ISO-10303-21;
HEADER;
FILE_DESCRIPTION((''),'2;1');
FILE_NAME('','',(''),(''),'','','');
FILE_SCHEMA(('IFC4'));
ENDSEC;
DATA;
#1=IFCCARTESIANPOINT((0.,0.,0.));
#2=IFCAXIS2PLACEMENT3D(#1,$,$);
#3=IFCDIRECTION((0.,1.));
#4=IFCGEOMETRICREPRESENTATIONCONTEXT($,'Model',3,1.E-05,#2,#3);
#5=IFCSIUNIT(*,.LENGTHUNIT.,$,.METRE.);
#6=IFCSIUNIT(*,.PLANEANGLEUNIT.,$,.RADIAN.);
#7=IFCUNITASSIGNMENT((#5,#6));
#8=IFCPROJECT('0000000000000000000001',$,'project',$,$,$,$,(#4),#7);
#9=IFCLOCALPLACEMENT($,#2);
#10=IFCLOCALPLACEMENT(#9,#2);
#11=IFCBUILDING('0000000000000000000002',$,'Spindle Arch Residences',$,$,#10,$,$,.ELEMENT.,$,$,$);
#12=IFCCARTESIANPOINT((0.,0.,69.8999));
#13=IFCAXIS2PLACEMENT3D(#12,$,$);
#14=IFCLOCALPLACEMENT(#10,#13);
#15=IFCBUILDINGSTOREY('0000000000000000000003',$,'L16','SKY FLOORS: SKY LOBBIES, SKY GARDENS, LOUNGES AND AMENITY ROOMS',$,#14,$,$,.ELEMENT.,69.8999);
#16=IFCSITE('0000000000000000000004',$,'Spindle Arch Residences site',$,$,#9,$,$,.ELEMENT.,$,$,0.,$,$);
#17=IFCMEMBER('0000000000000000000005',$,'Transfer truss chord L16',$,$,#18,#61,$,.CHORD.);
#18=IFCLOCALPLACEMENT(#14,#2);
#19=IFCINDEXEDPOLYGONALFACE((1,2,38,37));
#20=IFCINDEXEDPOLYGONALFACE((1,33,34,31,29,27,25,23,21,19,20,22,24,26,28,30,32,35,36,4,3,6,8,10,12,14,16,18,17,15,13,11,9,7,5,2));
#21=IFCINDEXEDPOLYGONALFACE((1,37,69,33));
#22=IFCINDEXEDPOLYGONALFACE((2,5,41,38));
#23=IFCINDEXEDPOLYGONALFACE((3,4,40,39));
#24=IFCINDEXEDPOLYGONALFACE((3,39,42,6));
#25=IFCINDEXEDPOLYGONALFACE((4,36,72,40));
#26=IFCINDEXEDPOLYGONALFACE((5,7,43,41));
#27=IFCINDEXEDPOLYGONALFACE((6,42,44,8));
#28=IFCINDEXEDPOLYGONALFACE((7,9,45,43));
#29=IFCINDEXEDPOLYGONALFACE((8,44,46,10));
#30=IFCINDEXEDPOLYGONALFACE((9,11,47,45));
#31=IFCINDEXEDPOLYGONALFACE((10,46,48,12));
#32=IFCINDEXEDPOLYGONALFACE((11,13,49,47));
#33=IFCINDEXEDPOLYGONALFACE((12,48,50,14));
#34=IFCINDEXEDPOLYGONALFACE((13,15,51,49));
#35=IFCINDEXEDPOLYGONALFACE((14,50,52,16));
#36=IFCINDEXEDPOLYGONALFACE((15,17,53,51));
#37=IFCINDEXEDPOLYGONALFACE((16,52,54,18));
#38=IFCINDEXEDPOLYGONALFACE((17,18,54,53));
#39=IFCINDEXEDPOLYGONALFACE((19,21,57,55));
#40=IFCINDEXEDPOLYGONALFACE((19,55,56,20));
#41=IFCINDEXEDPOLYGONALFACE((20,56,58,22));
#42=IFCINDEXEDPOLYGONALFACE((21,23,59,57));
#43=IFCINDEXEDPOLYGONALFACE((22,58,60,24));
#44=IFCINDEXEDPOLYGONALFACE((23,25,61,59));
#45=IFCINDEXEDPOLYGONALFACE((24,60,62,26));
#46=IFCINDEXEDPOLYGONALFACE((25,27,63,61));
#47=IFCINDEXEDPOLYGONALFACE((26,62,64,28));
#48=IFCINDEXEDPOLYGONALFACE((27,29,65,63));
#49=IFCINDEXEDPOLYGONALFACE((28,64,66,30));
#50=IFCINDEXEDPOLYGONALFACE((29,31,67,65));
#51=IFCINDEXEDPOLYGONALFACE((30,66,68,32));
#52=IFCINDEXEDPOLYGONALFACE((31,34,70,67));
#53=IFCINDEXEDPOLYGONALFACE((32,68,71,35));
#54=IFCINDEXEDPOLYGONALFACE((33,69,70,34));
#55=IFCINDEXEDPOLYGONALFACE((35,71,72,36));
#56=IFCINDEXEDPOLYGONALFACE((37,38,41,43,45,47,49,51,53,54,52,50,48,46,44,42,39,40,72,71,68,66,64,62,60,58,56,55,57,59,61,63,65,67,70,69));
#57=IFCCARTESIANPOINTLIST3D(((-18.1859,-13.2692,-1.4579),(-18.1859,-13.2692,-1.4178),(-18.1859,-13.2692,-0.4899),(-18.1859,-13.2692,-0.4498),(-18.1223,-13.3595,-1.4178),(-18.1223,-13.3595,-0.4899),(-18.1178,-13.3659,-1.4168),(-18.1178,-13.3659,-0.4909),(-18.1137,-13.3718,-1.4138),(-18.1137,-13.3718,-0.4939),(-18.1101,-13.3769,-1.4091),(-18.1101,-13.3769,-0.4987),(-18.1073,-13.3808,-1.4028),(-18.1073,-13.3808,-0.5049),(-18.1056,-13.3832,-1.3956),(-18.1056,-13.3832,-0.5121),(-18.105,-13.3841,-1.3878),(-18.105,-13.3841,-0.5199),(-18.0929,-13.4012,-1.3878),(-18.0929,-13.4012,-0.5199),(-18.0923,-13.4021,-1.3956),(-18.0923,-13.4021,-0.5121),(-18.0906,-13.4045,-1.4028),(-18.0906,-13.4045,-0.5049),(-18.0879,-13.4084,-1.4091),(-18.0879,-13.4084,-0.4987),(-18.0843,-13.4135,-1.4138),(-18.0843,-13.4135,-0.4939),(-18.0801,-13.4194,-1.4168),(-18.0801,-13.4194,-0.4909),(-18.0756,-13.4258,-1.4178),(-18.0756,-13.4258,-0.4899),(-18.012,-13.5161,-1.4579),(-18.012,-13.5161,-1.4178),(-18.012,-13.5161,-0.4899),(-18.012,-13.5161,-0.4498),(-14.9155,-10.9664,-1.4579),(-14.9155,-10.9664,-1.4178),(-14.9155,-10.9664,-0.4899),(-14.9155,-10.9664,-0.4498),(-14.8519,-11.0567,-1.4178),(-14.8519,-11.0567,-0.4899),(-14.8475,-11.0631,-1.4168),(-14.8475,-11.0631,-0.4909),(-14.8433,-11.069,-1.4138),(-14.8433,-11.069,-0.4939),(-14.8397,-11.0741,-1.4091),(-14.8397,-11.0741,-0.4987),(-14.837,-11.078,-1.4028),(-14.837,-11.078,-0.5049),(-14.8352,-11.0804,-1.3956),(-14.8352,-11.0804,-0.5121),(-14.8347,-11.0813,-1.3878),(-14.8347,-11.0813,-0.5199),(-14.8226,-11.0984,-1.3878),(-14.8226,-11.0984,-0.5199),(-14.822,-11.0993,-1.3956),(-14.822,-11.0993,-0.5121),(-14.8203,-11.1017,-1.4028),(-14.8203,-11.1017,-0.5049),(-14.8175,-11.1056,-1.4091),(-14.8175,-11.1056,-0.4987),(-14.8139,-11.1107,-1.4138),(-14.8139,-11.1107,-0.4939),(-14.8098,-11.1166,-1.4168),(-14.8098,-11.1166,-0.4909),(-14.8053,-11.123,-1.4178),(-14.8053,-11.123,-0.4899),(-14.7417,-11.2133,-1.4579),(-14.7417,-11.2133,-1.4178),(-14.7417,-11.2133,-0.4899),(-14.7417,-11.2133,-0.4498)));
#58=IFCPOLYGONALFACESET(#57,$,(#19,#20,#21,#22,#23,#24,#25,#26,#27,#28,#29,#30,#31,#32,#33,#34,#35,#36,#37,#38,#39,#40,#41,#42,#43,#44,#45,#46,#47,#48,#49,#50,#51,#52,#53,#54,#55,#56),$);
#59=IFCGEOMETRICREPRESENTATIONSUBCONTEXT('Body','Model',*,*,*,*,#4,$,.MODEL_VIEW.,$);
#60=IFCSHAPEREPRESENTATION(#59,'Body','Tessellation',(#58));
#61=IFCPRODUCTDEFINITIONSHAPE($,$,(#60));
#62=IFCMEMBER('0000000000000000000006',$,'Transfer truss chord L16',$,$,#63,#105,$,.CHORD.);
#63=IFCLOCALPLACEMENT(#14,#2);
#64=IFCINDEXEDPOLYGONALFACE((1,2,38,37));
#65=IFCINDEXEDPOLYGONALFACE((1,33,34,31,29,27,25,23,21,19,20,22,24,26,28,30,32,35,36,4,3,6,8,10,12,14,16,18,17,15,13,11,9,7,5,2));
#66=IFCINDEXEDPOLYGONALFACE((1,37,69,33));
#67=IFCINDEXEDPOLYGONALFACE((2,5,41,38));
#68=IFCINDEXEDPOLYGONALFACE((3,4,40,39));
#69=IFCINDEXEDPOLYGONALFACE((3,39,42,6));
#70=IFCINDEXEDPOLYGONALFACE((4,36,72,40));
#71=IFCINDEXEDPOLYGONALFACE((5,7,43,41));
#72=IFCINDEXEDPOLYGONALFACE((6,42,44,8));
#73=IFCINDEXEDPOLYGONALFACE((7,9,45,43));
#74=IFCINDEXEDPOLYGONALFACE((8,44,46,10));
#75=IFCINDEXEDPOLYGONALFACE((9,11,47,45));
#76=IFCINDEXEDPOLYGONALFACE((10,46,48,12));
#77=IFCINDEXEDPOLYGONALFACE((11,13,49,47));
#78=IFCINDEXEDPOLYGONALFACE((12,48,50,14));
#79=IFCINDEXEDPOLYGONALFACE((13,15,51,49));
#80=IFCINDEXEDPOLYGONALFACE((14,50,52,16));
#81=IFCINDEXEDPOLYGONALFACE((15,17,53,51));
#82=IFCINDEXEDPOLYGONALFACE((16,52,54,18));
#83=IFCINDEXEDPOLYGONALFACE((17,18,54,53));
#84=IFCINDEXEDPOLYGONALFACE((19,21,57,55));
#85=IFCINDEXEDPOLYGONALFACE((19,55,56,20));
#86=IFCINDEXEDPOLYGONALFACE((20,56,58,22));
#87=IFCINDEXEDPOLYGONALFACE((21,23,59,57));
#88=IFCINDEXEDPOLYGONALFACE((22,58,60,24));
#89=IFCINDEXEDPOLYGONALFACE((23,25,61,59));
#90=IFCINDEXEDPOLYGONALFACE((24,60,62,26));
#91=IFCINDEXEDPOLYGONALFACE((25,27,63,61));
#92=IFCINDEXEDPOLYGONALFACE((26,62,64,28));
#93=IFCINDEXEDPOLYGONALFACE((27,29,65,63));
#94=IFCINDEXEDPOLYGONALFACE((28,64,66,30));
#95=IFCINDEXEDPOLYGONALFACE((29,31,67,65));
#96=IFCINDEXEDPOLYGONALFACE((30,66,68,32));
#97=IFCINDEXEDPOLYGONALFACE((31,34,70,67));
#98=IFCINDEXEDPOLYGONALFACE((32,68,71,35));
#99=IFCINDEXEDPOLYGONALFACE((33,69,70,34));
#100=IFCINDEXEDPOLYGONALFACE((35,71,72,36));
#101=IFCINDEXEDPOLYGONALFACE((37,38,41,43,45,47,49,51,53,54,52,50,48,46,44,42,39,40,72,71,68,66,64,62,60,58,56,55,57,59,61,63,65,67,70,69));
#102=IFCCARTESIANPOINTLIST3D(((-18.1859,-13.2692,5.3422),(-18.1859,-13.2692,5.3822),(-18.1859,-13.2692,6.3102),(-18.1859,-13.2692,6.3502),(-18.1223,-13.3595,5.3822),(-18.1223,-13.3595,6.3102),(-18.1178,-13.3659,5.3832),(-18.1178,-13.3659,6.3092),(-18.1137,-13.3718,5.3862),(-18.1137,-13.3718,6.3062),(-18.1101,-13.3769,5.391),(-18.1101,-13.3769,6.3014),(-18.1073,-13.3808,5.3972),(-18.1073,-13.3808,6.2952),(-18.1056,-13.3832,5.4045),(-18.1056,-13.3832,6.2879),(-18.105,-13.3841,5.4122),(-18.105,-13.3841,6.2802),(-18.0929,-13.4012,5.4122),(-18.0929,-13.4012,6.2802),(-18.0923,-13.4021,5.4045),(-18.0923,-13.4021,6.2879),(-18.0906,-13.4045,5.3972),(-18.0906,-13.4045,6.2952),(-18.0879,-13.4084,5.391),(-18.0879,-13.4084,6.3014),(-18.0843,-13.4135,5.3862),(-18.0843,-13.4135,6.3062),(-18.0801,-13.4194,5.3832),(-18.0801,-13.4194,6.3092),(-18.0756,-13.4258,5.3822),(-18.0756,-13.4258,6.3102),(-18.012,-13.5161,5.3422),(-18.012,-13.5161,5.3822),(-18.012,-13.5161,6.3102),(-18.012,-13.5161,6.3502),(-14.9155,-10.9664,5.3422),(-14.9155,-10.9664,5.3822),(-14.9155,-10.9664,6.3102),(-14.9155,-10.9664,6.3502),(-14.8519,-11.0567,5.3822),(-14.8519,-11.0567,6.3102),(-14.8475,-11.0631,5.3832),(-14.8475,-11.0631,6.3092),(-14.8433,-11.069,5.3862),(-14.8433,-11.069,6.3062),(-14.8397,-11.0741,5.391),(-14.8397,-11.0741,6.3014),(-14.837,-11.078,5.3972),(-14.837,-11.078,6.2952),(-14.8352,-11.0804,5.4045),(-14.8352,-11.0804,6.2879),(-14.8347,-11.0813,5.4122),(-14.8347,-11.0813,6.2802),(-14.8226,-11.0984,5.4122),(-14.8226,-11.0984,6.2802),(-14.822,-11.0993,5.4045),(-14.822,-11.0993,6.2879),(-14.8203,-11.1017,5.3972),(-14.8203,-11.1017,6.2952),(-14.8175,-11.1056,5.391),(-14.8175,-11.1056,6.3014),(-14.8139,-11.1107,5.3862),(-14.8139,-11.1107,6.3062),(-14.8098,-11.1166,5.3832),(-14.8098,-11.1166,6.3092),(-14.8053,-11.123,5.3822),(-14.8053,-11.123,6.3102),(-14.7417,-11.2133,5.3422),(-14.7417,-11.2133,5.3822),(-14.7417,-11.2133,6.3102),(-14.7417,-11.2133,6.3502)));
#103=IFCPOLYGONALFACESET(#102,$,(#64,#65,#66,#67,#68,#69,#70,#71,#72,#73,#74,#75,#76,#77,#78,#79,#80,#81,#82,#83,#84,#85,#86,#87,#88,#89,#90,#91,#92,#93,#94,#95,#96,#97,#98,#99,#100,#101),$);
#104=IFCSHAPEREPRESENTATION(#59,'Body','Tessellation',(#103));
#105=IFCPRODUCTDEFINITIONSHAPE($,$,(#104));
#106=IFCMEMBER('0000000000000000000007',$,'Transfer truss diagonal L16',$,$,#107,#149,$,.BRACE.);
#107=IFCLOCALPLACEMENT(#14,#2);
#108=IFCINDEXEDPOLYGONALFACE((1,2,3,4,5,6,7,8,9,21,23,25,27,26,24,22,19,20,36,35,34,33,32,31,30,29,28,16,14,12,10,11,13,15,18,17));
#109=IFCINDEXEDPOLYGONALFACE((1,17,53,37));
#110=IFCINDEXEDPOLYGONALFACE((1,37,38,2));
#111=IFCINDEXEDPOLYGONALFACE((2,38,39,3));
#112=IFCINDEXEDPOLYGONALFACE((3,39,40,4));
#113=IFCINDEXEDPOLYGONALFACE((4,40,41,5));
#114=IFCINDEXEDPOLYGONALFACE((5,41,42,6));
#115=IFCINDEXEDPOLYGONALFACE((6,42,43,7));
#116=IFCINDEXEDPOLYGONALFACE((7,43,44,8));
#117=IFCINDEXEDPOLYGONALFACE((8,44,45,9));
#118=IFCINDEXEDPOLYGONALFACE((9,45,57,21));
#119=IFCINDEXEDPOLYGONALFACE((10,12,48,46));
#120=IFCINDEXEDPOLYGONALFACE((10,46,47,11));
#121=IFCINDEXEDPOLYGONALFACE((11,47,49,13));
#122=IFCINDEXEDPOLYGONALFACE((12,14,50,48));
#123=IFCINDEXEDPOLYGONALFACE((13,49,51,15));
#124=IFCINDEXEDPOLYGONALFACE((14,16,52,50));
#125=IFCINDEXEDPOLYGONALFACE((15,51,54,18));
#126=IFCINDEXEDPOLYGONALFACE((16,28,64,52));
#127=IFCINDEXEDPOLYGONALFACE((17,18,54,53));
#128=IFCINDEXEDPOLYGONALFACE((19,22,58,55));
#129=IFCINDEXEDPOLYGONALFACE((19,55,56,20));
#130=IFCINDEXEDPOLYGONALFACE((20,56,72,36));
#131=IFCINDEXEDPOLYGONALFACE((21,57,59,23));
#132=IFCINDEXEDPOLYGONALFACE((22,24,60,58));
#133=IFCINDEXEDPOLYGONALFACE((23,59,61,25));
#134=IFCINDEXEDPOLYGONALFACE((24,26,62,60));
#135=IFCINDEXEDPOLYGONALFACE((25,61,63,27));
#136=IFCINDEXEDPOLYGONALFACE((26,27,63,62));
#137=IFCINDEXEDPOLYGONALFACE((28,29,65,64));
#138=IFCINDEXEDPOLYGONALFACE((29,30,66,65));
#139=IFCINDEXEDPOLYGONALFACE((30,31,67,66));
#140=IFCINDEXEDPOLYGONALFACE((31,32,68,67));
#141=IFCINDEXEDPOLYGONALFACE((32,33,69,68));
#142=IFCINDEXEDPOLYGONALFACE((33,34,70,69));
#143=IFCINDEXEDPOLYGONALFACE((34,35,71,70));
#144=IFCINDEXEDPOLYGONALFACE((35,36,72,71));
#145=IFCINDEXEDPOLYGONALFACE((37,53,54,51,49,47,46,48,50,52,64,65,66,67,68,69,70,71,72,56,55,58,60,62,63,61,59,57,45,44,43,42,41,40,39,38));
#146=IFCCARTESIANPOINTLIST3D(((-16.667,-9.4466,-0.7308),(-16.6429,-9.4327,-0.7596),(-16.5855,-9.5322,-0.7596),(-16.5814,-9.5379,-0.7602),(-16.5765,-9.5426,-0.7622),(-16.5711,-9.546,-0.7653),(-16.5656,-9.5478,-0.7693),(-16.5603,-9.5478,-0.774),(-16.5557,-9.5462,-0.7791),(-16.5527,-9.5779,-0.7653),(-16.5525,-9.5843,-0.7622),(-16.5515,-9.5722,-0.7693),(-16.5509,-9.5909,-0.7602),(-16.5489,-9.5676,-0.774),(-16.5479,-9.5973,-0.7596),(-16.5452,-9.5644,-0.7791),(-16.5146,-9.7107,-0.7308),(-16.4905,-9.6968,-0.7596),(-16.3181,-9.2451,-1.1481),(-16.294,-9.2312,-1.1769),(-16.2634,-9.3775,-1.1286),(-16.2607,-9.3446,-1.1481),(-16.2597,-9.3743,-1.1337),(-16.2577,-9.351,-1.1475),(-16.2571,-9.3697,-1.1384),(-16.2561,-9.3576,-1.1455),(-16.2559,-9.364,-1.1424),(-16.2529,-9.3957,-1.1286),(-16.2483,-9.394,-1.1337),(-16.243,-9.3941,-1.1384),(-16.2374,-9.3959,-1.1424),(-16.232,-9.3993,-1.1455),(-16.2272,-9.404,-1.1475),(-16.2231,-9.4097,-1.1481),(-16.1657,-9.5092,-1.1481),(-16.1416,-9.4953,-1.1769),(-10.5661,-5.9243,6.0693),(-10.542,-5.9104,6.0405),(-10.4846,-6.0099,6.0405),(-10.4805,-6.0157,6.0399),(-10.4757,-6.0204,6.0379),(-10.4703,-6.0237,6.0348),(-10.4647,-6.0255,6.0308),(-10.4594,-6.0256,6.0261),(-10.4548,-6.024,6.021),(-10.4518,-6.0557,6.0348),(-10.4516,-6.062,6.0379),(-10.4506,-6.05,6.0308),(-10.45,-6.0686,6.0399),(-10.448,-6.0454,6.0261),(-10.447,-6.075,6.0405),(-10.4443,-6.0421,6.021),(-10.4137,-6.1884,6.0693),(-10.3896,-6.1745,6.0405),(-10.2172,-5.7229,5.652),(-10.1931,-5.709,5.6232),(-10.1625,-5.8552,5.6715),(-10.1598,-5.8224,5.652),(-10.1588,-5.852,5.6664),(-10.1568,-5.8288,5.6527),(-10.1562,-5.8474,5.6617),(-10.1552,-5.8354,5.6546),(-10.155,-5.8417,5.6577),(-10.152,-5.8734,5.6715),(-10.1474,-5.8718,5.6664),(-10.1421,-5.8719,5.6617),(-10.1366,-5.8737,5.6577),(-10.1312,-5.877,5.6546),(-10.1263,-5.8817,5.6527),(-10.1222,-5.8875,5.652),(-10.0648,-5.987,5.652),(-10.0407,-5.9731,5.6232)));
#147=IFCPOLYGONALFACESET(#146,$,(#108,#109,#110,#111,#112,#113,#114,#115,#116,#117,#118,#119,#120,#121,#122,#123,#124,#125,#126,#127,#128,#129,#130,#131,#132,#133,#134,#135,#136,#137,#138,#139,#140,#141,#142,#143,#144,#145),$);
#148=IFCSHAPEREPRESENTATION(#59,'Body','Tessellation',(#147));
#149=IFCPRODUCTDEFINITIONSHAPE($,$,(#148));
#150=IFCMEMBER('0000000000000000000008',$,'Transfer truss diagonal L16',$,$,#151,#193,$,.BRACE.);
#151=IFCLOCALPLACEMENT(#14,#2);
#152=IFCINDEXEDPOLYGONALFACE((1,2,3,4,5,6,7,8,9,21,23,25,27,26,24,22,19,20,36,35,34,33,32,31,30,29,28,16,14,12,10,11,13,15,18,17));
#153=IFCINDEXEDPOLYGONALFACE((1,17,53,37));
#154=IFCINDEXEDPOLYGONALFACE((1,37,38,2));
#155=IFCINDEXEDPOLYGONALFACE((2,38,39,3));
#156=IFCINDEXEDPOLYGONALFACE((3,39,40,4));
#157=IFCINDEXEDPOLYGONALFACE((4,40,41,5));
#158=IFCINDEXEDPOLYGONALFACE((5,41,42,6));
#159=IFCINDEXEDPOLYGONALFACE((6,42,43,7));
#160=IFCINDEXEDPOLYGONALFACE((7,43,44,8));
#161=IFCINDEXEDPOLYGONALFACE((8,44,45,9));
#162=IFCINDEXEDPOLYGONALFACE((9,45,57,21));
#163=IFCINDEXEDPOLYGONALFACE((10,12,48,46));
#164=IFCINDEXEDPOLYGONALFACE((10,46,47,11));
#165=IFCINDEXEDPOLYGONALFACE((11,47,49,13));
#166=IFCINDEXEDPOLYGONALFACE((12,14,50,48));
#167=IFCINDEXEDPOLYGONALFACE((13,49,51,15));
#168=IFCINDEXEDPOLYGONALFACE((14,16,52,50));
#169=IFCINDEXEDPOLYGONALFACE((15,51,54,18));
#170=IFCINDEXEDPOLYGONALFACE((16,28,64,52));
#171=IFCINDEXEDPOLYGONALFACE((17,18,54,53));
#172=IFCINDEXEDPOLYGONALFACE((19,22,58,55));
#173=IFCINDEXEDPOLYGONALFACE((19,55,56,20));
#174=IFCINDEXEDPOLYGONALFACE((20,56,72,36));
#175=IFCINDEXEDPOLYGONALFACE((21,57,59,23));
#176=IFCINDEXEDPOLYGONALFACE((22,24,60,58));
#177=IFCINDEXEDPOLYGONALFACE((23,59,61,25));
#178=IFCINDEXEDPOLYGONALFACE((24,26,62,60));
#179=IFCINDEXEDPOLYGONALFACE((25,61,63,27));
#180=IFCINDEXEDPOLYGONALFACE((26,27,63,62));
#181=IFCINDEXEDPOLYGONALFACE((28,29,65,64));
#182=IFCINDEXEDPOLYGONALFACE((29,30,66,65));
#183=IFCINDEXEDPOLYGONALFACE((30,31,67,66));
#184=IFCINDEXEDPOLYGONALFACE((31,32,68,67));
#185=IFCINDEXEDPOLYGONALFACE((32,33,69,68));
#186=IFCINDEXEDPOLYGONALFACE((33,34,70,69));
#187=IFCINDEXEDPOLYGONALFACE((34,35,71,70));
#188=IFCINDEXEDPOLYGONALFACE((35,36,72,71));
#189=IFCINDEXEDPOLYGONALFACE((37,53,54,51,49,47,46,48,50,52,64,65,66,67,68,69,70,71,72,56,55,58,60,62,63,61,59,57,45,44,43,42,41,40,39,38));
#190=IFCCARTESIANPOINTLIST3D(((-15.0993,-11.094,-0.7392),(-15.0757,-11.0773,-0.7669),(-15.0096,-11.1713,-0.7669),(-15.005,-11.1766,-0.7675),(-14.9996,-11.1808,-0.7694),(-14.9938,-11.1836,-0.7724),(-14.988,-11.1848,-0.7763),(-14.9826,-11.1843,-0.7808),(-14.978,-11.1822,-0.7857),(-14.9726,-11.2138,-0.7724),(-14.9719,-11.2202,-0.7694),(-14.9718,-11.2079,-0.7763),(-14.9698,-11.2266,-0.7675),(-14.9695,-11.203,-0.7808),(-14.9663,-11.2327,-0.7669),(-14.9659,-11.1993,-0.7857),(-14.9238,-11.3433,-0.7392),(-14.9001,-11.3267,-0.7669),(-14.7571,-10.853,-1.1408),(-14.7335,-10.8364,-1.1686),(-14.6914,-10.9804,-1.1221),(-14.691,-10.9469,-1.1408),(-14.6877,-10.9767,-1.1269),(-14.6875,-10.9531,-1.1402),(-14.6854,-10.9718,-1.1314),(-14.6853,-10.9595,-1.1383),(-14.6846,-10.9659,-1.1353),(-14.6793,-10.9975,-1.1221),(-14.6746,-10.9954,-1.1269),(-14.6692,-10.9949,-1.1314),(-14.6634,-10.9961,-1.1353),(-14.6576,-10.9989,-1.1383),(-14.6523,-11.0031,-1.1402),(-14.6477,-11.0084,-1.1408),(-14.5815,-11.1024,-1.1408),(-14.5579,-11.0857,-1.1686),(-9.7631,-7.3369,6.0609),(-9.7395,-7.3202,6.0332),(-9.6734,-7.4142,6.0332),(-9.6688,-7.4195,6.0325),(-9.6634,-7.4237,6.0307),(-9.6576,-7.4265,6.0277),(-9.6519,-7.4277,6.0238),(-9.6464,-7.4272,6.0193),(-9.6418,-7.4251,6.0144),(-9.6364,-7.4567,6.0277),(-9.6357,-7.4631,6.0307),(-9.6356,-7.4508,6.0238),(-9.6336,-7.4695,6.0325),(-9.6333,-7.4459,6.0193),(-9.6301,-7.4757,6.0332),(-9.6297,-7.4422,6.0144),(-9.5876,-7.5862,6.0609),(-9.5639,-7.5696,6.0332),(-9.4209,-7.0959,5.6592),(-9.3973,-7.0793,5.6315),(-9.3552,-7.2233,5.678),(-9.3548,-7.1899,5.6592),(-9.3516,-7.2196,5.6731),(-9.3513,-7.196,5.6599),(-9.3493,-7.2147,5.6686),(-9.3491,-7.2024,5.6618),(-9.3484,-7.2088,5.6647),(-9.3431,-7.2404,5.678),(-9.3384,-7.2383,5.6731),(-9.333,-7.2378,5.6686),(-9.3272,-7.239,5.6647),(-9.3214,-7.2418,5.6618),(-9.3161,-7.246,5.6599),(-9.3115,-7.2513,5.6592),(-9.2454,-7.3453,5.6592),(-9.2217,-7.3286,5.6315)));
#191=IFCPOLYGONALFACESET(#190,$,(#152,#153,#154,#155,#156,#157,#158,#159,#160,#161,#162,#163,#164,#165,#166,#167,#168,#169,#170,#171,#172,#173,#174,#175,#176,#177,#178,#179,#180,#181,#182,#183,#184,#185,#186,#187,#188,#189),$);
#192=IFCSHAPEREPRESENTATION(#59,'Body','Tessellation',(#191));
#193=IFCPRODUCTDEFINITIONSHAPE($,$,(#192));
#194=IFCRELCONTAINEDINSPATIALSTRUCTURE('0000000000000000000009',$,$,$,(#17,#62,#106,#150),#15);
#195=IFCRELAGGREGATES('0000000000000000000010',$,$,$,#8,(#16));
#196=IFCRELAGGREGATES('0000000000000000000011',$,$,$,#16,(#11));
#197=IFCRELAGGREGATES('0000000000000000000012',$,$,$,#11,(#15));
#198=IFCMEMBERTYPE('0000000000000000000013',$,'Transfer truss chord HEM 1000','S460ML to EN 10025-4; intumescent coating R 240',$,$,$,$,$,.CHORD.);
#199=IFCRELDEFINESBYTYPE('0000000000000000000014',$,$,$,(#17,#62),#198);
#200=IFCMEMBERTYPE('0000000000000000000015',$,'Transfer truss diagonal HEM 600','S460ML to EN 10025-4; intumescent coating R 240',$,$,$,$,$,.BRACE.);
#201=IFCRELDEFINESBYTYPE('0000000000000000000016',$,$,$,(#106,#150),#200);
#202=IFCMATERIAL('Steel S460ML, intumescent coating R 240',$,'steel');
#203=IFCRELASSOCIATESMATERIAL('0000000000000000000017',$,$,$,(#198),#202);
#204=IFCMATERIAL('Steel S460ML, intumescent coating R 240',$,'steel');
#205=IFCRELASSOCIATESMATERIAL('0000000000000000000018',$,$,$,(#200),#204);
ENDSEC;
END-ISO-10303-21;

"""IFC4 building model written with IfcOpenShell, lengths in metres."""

from ifc_helpers import new_model, si_unit, direction, frame, origin, origin_2d, place, context, subcontext, project, spatial, i_section, extrude, material, material_profile, profile_set, type_object, element, save


model = new_model("IFC4")

# Units and contexts
model_context = context("Model", 3, precision=1e-05, world=origin(), true_north=direction((0.0, 1.0)))
body_context = subcontext(model_context, "Body", "Model", "MODEL_VIEW")
ifc_project = project(units=[si_unit("LENGTHUNIT", "METRE"), si_unit("PLANEANGLEUNIT", "RADIAN")], contexts=[model_context])

# Site, building, storey
site_placement = place(None, origin())
site = spatial("IfcSite", under=ifc_project, at=site_placement, Name="Spindle Arch Residences site", CompositionType="ELEMENT", RefElevation=0.0)
building_placement = place(site_placement, origin())
building = spatial("IfcBuilding", under=site, at=building_placement, Name="Spindle Arch Residences", CompositionType="ELEMENT")
storey_placement = place(building_placement, frame((0.0, 0.0, 69.8999)))
storey = spatial("IfcBuildingStorey", under=building, at=storey_placement, Name="L16", Description="SKY FLOORS: SKY LOBBIES, SKY GARDENS, LOUNGES AND AMENITY ROOMS", CompositionType="ELEMENT", Elevation=69.8999)

# Members
ifc_material_1 = material(Name="Steel S460ML, intumescent coating R 240", Category="steel")
ifc_material_profile_1 = material_profile(ifc_material_1, i_section(OverallWidth=0.302, OverallDepth=1.0081, WebThickness=0.021, FlangeThickness=0.04, FilletRadius=0.03, at=origin_2d()), Name="HEM 1000")
ifc_profile_set_1 = profile_set([ifc_material_profile_1], Name="Steel S460ML, intumescent coating R 240")
member_type_1 = type_object("IfcMemberType", Name="Transfer truss chord HEM 1000", Description="S460ML to EN 10025-4; intumescent coating R 240", PredefinedType="CHORD", material=ifc_profile_set_1)
for number, where, z_axis, x_axis, name in (
    (1, (-14.8286, -11.0898, -0.9539), (-0.817637, -0.575734, 0.0), (0.575734, -0.817637, 0.0), "Transfer truss chord L16"),
    (2, (-14.8286, -11.0898, 5.8462), (-0.817637, -0.575734, 0.0), (0.575734, -0.817637, 0.0), "Transfer truss chord L16"),
):
    element("IfcMember", number, at=place(storey_placement, frame(where, z_axis=z_axis, x_axis=x_axis)), inside=storey, type_object=member_type_1, Name=name, PredefinedType="CHORD", context=body_context, shape_type="SweptSolid", body=[
        extrude(i_section(OverallWidth=0.302, OverallDepth=1.0081, WebThickness=0.021, FlangeThickness=0.04, FilletRadius=0.03, at=origin_2d()), origin(), (0.0, 0.0, 1.0), 3.9998),
    ])
ifc_material_2 = material(Name="Steel S460ML, intumescent coating R 240", Category="steel")
ifc_material_profile_2 = material_profile(ifc_material_2, i_section(OverallWidth=0.3049, OverallDepth=0.6201, WebThickness=0.021, FlangeThickness=0.04, FilletRadius=0.0271, at=origin_2d()), Name="HEM 600")
ifc_profile_set_2 = profile_set([ifc_material_profile_2], Name="Steel S460ML, intumescent coating R 240")
member_type_2 = type_object("IfcMemberType", Name="Transfer truss diagonal HEM 600", Description="S460ML to EN 10025-4; intumescent coating R 240", PredefinedType="BRACE", material=ifc_profile_set_2)
member_1_placement = place(storey_placement, frame((-16.4043, -9.4709, -0.9539), z_axis=(0.623096, 0.359734, 0.694509), x_axis=(-0.499989, 0.866031, 0.0)))
element("IfcMember", 3, at=member_1_placement, inside=storey, type_object=member_type_2, Name="Transfer truss diagonal L16", PredefinedType="BRACE", context=body_context, shape_type="SweptSolid", body=[
    extrude(i_section(OverallWidth=0.3049, OverallDepth=0.6201, WebThickness=0.021, FlangeThickness=0.04, FilletRadius=0.0271, at=origin_2d()), origin(), (0.0, 0.0, 1.0), 9.7913),
])
member_2_placement = place(storey_placement, frame((-14.8286, -11.0898, -0.9539), z_axis=(0.566171, 0.398628, 0.721488), x_axis=(-0.575697, 0.817663, 0.0)))
element("IfcMember", 4, at=member_2_placement, inside=storey, type_object=member_type_2, Name="Transfer truss diagonal L16", PredefinedType="BRACE", context=body_context, shape_type="SweptSolid", body=[
    extrude(i_section(OverallWidth=0.3049, OverallDepth=0.6201, WebThickness=0.021, FlangeThickness=0.04, FilletRadius=0.0271, at=origin_2d()), origin(), (0.0, 0.0, 1.0), 9.425),
])

save(model, "model.ifc")
